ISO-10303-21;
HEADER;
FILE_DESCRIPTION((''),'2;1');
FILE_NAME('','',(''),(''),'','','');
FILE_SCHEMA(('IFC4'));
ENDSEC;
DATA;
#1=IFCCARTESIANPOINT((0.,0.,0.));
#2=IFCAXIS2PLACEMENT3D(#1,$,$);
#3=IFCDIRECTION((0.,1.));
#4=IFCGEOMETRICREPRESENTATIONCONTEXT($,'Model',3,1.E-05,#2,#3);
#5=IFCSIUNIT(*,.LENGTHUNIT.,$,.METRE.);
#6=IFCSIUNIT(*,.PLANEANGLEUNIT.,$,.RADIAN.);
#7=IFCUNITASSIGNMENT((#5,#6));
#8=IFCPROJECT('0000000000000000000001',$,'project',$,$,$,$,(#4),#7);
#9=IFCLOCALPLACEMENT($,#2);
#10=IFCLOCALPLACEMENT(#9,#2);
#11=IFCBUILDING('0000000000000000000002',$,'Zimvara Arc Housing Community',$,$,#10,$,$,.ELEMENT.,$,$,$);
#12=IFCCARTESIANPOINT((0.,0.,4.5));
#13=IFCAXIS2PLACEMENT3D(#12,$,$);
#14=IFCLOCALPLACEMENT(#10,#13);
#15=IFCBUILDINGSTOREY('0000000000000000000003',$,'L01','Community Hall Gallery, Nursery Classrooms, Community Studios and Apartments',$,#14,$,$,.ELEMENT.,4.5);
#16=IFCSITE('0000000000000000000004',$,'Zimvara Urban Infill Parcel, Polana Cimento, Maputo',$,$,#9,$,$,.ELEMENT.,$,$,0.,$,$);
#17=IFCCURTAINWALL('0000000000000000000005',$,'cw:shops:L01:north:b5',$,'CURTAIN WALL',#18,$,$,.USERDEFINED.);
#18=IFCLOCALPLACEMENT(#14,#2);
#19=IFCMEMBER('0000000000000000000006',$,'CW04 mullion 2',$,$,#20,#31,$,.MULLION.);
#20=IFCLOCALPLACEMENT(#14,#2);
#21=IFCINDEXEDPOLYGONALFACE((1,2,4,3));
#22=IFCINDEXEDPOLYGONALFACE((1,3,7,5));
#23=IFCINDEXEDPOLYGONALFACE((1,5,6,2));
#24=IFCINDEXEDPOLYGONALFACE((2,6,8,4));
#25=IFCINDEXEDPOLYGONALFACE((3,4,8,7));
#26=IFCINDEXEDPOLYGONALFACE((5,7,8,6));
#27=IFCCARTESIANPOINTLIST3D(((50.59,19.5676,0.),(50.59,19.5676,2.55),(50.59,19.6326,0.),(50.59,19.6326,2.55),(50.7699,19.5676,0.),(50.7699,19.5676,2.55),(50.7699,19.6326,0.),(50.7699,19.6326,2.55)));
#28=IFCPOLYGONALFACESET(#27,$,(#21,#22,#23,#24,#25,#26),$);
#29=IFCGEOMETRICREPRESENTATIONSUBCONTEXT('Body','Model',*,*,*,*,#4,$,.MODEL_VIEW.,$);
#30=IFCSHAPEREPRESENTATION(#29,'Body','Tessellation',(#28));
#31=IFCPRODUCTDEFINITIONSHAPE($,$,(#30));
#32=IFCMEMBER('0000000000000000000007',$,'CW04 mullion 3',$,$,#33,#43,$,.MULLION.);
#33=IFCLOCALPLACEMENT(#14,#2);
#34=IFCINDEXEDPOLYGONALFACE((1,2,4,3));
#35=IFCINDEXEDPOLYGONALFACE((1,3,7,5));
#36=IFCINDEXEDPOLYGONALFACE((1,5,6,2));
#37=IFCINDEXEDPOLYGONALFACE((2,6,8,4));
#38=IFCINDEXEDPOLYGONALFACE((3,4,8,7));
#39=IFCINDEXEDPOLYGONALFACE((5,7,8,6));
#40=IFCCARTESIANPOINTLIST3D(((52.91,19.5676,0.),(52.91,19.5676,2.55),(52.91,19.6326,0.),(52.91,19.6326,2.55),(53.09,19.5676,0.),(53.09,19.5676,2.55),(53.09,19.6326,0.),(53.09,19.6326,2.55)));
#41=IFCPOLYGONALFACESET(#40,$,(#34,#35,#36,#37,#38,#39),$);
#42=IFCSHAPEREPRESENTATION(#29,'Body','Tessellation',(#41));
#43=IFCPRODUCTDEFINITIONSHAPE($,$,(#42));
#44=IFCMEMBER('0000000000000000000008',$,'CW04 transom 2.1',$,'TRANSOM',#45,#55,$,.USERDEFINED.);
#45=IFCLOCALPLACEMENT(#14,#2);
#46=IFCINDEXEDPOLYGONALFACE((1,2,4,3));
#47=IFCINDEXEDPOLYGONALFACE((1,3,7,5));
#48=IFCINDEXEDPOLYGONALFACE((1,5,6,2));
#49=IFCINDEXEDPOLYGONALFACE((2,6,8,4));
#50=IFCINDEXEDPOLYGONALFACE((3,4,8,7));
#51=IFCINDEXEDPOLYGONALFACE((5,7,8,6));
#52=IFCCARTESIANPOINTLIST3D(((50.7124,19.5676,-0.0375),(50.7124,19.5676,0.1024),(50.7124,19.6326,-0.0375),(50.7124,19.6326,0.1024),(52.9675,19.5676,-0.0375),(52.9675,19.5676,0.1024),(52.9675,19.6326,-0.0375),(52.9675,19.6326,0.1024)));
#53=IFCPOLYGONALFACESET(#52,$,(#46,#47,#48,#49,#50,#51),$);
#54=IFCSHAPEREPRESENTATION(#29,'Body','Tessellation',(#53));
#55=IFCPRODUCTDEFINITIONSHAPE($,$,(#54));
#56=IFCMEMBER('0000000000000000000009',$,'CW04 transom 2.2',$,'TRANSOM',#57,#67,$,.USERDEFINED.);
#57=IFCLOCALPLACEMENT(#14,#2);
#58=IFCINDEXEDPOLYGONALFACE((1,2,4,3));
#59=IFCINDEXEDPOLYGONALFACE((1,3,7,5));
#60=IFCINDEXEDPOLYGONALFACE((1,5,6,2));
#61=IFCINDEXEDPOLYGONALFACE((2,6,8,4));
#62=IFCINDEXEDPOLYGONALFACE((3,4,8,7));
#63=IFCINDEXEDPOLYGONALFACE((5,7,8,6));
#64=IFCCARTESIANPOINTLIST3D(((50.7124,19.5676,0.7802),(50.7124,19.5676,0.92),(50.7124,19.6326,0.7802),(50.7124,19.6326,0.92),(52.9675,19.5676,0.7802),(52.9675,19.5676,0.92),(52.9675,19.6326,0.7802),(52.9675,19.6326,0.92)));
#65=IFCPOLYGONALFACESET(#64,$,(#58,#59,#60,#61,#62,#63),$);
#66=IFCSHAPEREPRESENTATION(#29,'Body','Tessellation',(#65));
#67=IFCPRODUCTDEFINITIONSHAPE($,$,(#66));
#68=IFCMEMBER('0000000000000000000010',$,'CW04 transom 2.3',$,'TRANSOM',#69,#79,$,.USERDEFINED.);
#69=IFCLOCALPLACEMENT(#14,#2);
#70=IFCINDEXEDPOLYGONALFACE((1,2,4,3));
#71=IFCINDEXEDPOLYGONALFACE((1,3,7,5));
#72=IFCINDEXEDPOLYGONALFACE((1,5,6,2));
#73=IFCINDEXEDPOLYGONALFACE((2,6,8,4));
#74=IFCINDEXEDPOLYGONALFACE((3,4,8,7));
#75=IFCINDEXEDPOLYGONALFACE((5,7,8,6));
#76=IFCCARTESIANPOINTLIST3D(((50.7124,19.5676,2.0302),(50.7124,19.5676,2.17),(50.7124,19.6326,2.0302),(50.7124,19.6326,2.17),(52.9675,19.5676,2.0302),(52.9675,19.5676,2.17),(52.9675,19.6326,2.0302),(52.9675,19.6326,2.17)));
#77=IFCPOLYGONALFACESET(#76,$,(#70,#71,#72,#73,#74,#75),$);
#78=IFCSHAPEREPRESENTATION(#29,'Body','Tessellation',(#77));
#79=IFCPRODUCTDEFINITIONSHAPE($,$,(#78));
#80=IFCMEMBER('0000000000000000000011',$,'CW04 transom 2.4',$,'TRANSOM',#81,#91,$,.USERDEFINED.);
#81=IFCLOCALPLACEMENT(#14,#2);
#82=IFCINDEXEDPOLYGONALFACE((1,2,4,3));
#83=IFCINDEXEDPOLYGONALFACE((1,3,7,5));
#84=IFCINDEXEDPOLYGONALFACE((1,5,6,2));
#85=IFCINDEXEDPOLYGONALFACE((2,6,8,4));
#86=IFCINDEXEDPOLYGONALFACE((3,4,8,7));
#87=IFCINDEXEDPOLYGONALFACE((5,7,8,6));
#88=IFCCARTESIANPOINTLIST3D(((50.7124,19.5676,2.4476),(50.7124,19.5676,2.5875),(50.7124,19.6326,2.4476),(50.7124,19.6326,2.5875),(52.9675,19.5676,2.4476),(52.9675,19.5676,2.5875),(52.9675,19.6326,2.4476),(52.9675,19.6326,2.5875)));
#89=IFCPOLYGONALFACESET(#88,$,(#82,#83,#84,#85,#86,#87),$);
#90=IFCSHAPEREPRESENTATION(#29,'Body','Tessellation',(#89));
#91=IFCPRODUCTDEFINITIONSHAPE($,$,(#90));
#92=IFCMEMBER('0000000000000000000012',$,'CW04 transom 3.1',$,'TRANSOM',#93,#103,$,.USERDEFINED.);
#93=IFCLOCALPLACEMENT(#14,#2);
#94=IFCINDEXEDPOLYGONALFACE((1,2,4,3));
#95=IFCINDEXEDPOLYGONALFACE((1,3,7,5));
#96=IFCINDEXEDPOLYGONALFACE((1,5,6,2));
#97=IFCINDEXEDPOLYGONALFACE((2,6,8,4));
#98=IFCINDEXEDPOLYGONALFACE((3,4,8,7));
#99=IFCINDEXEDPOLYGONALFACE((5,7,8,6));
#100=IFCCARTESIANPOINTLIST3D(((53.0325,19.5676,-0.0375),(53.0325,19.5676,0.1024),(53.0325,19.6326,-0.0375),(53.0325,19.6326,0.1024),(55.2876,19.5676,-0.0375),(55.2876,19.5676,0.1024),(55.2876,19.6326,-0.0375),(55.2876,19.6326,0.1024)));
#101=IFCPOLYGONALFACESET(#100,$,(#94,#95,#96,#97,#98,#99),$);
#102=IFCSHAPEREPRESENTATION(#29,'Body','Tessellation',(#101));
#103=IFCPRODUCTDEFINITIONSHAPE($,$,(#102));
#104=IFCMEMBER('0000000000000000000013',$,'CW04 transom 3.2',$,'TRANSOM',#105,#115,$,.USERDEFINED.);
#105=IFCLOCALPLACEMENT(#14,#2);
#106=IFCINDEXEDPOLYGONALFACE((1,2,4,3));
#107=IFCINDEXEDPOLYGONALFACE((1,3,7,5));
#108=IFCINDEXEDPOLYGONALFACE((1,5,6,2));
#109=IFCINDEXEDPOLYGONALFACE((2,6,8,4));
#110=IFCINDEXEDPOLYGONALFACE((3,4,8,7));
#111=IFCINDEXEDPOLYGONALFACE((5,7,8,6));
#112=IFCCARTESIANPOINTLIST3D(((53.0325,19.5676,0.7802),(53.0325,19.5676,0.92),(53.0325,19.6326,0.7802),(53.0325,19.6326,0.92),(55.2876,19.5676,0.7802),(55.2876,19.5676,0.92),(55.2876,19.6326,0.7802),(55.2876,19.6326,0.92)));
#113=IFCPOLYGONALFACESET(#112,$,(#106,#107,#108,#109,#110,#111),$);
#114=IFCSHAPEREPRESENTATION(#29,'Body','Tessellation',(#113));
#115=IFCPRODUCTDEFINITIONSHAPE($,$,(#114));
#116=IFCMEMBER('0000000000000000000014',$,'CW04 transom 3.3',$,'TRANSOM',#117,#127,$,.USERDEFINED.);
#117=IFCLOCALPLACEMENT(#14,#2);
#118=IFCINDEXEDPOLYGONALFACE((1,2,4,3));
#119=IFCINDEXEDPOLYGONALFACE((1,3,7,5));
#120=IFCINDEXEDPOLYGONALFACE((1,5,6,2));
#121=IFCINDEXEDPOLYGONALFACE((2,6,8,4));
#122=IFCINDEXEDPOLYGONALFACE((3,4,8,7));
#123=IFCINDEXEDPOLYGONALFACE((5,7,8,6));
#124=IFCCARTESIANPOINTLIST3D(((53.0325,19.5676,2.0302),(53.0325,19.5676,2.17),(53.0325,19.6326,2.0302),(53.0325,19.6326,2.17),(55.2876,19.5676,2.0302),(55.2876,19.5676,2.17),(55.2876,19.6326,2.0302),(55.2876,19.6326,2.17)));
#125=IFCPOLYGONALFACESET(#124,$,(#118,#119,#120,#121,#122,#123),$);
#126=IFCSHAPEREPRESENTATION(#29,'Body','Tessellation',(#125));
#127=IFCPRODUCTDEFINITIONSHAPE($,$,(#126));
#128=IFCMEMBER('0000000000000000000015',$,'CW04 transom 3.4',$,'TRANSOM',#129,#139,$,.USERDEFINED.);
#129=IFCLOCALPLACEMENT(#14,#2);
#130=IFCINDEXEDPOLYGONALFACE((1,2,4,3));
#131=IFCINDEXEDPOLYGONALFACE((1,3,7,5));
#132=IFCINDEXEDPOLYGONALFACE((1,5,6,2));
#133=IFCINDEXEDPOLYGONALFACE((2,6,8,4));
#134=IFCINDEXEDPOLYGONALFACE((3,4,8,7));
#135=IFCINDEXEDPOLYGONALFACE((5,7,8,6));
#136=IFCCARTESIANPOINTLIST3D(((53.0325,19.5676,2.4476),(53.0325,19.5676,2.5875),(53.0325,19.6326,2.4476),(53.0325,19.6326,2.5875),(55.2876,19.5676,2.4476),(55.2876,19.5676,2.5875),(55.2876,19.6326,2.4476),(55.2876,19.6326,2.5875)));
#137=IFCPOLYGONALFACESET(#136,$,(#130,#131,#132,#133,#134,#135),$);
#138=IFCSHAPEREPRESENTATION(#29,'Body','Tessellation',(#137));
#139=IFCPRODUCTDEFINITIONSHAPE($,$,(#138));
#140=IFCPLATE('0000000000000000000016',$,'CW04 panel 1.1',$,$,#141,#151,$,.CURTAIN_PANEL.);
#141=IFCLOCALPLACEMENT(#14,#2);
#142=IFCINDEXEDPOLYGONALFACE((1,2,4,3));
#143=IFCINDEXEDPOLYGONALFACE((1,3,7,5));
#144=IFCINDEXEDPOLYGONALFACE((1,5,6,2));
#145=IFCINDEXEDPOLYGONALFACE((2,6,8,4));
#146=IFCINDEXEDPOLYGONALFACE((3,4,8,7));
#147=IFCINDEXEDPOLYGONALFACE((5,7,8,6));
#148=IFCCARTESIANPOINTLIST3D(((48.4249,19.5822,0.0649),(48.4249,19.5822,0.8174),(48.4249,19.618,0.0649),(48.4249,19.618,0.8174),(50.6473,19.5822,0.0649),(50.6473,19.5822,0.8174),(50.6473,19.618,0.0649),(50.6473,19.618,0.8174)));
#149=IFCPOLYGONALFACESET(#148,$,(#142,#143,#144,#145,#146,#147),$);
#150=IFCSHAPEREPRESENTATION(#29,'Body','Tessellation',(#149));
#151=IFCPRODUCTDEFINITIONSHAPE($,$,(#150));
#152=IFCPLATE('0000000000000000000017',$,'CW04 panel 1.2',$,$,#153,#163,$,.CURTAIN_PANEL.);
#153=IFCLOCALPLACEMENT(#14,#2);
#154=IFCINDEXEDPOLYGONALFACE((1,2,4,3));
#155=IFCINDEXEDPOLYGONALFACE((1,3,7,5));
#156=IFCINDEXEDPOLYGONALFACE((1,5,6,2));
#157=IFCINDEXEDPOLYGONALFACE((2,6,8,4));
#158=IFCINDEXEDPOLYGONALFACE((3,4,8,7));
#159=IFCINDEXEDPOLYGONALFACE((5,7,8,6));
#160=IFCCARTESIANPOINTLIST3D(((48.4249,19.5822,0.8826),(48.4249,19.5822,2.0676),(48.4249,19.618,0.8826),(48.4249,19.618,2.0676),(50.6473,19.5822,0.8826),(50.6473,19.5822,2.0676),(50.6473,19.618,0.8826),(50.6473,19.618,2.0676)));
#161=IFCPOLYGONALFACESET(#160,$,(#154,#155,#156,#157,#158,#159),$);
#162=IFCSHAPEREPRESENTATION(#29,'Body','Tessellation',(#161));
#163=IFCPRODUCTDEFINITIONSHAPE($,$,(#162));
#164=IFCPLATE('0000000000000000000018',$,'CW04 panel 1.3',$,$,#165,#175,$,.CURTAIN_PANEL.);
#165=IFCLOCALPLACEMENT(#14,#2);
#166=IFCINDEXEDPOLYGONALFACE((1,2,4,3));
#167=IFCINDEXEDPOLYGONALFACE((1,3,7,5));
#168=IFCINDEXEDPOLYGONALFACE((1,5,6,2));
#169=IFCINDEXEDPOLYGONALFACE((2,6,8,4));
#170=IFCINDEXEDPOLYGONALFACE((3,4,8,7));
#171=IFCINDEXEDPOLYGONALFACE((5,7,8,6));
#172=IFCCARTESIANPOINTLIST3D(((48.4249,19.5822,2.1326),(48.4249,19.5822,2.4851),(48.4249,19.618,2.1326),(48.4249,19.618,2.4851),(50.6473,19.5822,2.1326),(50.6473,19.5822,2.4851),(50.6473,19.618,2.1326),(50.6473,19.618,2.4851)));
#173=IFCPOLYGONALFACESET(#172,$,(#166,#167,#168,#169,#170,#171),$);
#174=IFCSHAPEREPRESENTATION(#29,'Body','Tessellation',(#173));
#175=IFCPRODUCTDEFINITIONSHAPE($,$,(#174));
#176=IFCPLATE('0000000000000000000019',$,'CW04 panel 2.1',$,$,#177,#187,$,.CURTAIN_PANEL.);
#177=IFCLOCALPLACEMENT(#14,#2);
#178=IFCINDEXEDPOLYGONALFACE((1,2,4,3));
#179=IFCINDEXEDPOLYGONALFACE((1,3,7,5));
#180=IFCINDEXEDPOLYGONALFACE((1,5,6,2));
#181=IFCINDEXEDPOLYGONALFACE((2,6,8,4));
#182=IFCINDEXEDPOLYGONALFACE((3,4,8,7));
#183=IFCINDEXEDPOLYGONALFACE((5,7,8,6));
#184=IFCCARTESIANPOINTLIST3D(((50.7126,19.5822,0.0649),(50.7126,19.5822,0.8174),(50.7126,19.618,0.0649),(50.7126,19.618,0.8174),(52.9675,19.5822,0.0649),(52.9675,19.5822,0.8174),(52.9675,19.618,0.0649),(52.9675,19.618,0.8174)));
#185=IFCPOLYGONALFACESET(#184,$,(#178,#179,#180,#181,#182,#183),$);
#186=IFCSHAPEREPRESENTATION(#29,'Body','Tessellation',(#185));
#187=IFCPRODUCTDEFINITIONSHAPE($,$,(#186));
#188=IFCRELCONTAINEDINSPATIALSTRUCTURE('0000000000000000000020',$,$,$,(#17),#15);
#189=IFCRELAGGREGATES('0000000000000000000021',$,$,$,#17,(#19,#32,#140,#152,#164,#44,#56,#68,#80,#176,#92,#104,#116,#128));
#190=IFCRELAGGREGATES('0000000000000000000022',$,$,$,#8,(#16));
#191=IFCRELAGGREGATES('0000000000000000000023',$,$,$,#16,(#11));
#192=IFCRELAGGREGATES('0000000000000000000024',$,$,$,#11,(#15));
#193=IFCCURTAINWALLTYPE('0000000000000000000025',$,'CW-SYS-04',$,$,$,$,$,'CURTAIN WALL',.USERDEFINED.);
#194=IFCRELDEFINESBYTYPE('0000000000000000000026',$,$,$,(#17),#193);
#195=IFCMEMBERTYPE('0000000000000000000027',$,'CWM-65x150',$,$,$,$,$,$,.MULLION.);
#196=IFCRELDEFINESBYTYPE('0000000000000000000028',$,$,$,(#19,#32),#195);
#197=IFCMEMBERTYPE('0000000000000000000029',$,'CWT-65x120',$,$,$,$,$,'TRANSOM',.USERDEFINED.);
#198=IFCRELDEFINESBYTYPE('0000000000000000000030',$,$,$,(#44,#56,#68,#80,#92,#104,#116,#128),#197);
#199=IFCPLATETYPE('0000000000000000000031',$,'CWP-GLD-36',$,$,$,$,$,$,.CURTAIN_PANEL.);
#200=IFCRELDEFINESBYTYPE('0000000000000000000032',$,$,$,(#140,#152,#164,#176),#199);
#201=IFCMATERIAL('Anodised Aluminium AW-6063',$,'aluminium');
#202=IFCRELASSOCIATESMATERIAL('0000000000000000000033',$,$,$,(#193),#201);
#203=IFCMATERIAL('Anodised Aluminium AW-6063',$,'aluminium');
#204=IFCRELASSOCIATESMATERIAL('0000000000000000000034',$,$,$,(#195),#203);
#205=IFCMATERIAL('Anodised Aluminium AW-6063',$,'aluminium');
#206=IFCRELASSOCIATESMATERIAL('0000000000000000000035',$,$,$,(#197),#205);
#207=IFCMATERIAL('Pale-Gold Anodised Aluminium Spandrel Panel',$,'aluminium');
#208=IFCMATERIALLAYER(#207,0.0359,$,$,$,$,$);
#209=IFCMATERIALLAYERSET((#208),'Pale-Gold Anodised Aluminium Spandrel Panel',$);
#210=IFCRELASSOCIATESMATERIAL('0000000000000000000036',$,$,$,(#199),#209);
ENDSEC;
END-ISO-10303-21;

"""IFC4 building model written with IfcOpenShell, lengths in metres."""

from ifc_helpers import new_model, si_unit, direction, frame, origin, origin_2d, place, context, subcontext, project, spatial, rectangle, extrude, material, layer, layer_set, material_profile, profile_set, type_object, element, aggregate, save


model = new_model("IFC4")

# Units and contexts
model_context = context("Model", 3, precision=1e-05, world=origin(), true_north=direction((0.0, 1.0)))
body_context = subcontext(model_context, "Body", "Model", "MODEL_VIEW")
ifc_project = project(units=[si_unit("LENGTHUNIT", "METRE"), si_unit("PLANEANGLEUNIT", "RADIAN")], contexts=[model_context])

# Site, building, storey
site_placement = place(None, origin())
site = spatial("IfcSite", under=ifc_project, at=site_placement, Name="Zimvara Urban Infill Parcel, Polana Cimento, Maputo", CompositionType="ELEMENT", RefElevation=0.0)
building_placement = place(site_placement, origin())
building = spatial("IfcBuilding", under=site, at=building_placement, Name="Zimvara Arc Housing Community", CompositionType="ELEMENT")
storey_placement = place(building_placement, frame((0.0, 0.0, 4.5)))
storey = spatial("IfcBuildingStorey", under=building, at=storey_placement, Name="L01", Description="Community Hall Gallery, Nursery Classrooms, Community Studios and Apartments", CompositionType="ELEMENT", Elevation=4.5)

# Curtain wall, members, plates
ifc_material_1 = material(Name="Anodised Aluminium AW-6063", Category="aluminium")
curtain_wall_type = type_object("IfcCurtainWallType", Name="CW-SYS-04", ElementType="CURTAIN WALL", PredefinedType="USERDEFINED", material=ifc_material_1)
curtain_wall_placement = place(storey_placement, origin())
curtain_wall = element("IfcCurtainWall", 1, at=curtain_wall_placement, inside=storey, type_object=curtain_wall_type, Name="cw:shops:L01:north:b5", ObjectType="CURTAIN WALL", PredefinedType="USERDEFINED")
ifc_material_2 = material(Name="Anodised Aluminium AW-6063", Category="aluminium")
ifc_material_profile_1 = material_profile(ifc_material_2, rectangle(XDim=0.0649, YDim=0.1799, at=origin_2d()), Name="ALU 65x180")
ifc_profile_set_1 = profile_set([ifc_material_profile_1], Name="Anodised Aluminium AW-6063")
member_type_1 = type_object("IfcMemberType", Name="CWM-65x150", PredefinedType="MULLION", material=ifc_profile_set_1)
member_1_placement = place(storey_placement, frame((50.6799, 19.6001, 0.0), z_axis=(0.0, 0.0, 1.0), x_axis=(0.0, 1.0, 0.0)))
member_1 = element("IfcMember", 2, at=member_1_placement, type_object=member_type_1, Name="CW04 mullion 2", PredefinedType="MULLION", context=body_context, shape_type="SweptSolid", body=[
    extrude(rectangle(XDim=0.0649, YDim=0.1799, at=origin_2d()), origin(), (0.0, 0.0, 1.0), 2.55),
])
member_2_placement = place(storey_placement, frame((53.0, 19.6001, 0.0), z_axis=(0.0, 0.0, 1.0), x_axis=(0.0, 1.0, 0.0)))
member_2 = element("IfcMember", 3, at=member_2_placement, type_object=member_type_1, Name="CW04 mullion 3", PredefinedType="MULLION", context=body_context, shape_type="SweptSolid", body=[
    extrude(rectangle(XDim=0.0649, YDim=0.1799, at=origin_2d()), origin(), (0.0, 0.0, 1.0), 2.55),
])
ifc_material_3 = material(Name="Anodised Aluminium AW-6063", Category="aluminium")
ifc_material_profile_2 = material_profile(ifc_material_3, rectangle(XDim=0.0649, YDim=0.1399, at=origin_2d()), Name="ALU 65x140")
ifc_profile_set_2 = profile_set([ifc_material_profile_2], Name="Anodised Aluminium AW-6063")
member_type_2 = type_object("IfcMemberType", Name="CWT-65x120", ElementType="TRANSOM", PredefinedType="USERDEFINED", material=ifc_profile_set_2)
member_3_placement = place(storey_placement, frame((50.7124, 19.6001, 0.0325), z_axis=(1.0, 0.0, 0.0), x_axis=(0.0, 1.0, 0.0)))
member_3 = element("IfcMember", 4, at=member_3_placement, type_object=member_type_2, Name="CW04 transom 2.1", ObjectType="TRANSOM", PredefinedType="USERDEFINED", context=body_context, shape_type="SweptSolid", body=[
    extrude(rectangle(XDim=0.0649, YDim=0.1399, at=origin_2d()), origin(), (0.0, 0.0, 1.0), 2.2551),
])
member_4_placement = place(storey_placement, frame((50.7124, 19.6001, 0.8501), z_axis=(1.0, 0.0, 0.0), x_axis=(0.0, 1.0, 0.0)))
member_4 = element("IfcMember", 5, at=member_4_placement, type_object=member_type_2, Name="CW04 transom 2.2", ObjectType="TRANSOM", PredefinedType="USERDEFINED", context=body_context, shape_type="SweptSolid", body=[
    extrude(rectangle(XDim=0.0649, YDim=0.1399, at=origin_2d()), origin(), (0.0, 0.0, 1.0), 2.2551),
])
member_5_placement = place(storey_placement, frame((50.7124, 19.6001, 2.1001), z_axis=(1.0, 0.0, 0.0), x_axis=(0.0, 1.0, 0.0)))
member_5 = element("IfcMember", 6, at=member_5_placement, type_object=member_type_2, Name="CW04 transom 2.3", ObjectType="TRANSOM", PredefinedType="USERDEFINED", context=body_context, shape_type="SweptSolid", body=[
    extrude(rectangle(XDim=0.0649, YDim=0.1399, at=origin_2d()), origin(), (0.0, 0.0, 1.0), 2.2551),
])
member_6_placement = place(storey_placement, frame((50.7124, 19.6001, 2.5176), z_axis=(1.0, 0.0, 0.0), x_axis=(0.0, 1.0, 0.0)))
member_6 = element("IfcMember", 7, at=member_6_placement, type_object=member_type_2, Name="CW04 transom 2.4", ObjectType="TRANSOM", PredefinedType="USERDEFINED", context=body_context, shape_type="SweptSolid", body=[
    extrude(rectangle(XDim=0.0649, YDim=0.1399, at=origin_2d()), origin(), (0.0, 0.0, 1.0), 2.2551),
])
member_7_placement = place(storey_placement, frame((53.0325, 19.6001, 0.0325), z_axis=(1.0, 0.0, 0.0), x_axis=(0.0, 1.0, 0.0)))
member_7 = element("IfcMember", 8, at=member_7_placement, type_object=member_type_2, Name="CW04 transom 3.1", ObjectType="TRANSOM", PredefinedType="USERDEFINED", context=body_context, shape_type="SweptSolid", body=[
    extrude(rectangle(XDim=0.0649, YDim=0.1399, at=origin_2d()), origin(), (0.0, 0.0, 1.0), 2.2551),
])
member_8_placement = place(storey_placement, frame((53.0325, 19.6001, 0.8501), z_axis=(1.0, 0.0, 0.0), x_axis=(0.0, 1.0, 0.0)))
member_8 = element("IfcMember", 9, at=member_8_placement, type_object=member_type_2, Name="CW04 transom 3.2", ObjectType="TRANSOM", PredefinedType="USERDEFINED", context=body_context, shape_type="SweptSolid", body=[
    extrude(rectangle(XDim=0.0649, YDim=0.1399, at=origin_2d()), origin(), (0.0, 0.0, 1.0), 2.2551),
])
member_9_placement = place(storey_placement, frame((53.0325, 19.6001, 2.1001), z_axis=(1.0, 0.0, 0.0), x_axis=(0.0, 1.0, 0.0)))
member_9 = element("IfcMember", 10, at=member_9_placement, type_object=member_type_2, Name="CW04 transom 3.3", ObjectType="TRANSOM", PredefinedType="USERDEFINED", context=body_context, shape_type="SweptSolid", body=[
    extrude(rectangle(XDim=0.0649, YDim=0.1399, at=origin_2d()), origin(), (0.0, 0.0, 1.0), 2.2551),
])
member_10_placement = place(storey_placement, frame((53.0325, 19.6001, 2.5176), z_axis=(1.0, 0.0, 0.0), x_axis=(0.0, 1.0, 0.0)))
member_10 = element("IfcMember", 11, at=member_10_placement, type_object=member_type_2, Name="CW04 transom 3.4", ObjectType="TRANSOM", PredefinedType="USERDEFINED", context=body_context, shape_type="SweptSolid", body=[
    extrude(rectangle(XDim=0.0649, YDim=0.1399, at=origin_2d()), origin(), (0.0, 0.0, 1.0), 2.2551),
])
ifc_material_4 = material(Name="Pale-Gold Anodised Aluminium Spandrel Panel", Category="aluminium")
ifc_layer_1 = layer(ifc_material_4, 0.0359)
ifc_layer_set_1 = layer_set([ifc_layer_1], Name="Pale-Gold Anodised Aluminium Spandrel Panel")
plate_type = type_object("IfcPlateType", Name="CWP-GLD-36", PredefinedType="CURTAIN_PANEL", material=ifc_layer_set_1)
plate_1_placement = place(storey_placement, frame((49.5361, 19.6001, 0.0649), z_axis=(0.0, 0.0, 1.0), x_axis=(1.0, 0.0, 0.0)))
plate_1 = element("IfcPlate", 12, at=plate_1_placement, type_object=plate_type, Name="CW04 panel 1.1", PredefinedType="CURTAIN_PANEL", context=body_context, shape_type="SweptSolid", body=[
    extrude(rectangle(XDim=2.2224, YDim=0.0359, at=origin_2d()), origin(), (0.0, 0.0, 1.0), 0.7524),
])
plate_2_placement = place(storey_placement, frame((49.5361, 19.6001, 0.8826), z_axis=(0.0, 0.0, 1.0), x_axis=(1.0, 0.0, 0.0)))
plate_2 = element("IfcPlate", 13, at=plate_2_placement, type_object=plate_type, Name="CW04 panel 1.2", PredefinedType="CURTAIN_PANEL", context=body_context, shape_type="SweptSolid", body=[
    extrude(rectangle(XDim=2.2224, YDim=0.0359, at=origin_2d()), origin(), (0.0, 0.0, 1.0), 1.1851),
])
plate_3_placement = place(storey_placement, frame((49.5361, 19.6001, 2.1326), z_axis=(0.0, 0.0, 1.0), x_axis=(1.0, 0.0, 0.0)))
plate_3 = element("IfcPlate", 14, at=plate_3_placement, type_object=plate_type, Name="CW04 panel 1.3", PredefinedType="CURTAIN_PANEL", context=body_context, shape_type="SweptSolid", body=[
    extrude(rectangle(XDim=2.2224, YDim=0.0359, at=origin_2d()), origin(), (0.0, 0.0, 1.0), 0.3525),
])
plate_4_placement = place(storey_placement, frame((51.8401, 19.6001, 0.0649), z_axis=(0.0, 0.0, 1.0), x_axis=(1.0, 0.0, 0.0)))
plate_4 = element("IfcPlate", 15, at=plate_4_placement, type_object=plate_type, Name="CW04 panel 2.1", PredefinedType="CURTAIN_PANEL", context=body_context, shape_type="SweptSolid", body=[
    extrude(rectangle(XDim=2.2549, YDim=0.0359, at=origin_2d()), origin(), (0.0, 0.0, 1.0), 0.7524),
])
aggregate(curtain_wall, [member_1, member_2, plate_1, plate_2, plate_3, member_3, member_4, member_5, member_6, plate_4, member_7, member_8, member_9, member_10])

save(model, "model.ifc")
